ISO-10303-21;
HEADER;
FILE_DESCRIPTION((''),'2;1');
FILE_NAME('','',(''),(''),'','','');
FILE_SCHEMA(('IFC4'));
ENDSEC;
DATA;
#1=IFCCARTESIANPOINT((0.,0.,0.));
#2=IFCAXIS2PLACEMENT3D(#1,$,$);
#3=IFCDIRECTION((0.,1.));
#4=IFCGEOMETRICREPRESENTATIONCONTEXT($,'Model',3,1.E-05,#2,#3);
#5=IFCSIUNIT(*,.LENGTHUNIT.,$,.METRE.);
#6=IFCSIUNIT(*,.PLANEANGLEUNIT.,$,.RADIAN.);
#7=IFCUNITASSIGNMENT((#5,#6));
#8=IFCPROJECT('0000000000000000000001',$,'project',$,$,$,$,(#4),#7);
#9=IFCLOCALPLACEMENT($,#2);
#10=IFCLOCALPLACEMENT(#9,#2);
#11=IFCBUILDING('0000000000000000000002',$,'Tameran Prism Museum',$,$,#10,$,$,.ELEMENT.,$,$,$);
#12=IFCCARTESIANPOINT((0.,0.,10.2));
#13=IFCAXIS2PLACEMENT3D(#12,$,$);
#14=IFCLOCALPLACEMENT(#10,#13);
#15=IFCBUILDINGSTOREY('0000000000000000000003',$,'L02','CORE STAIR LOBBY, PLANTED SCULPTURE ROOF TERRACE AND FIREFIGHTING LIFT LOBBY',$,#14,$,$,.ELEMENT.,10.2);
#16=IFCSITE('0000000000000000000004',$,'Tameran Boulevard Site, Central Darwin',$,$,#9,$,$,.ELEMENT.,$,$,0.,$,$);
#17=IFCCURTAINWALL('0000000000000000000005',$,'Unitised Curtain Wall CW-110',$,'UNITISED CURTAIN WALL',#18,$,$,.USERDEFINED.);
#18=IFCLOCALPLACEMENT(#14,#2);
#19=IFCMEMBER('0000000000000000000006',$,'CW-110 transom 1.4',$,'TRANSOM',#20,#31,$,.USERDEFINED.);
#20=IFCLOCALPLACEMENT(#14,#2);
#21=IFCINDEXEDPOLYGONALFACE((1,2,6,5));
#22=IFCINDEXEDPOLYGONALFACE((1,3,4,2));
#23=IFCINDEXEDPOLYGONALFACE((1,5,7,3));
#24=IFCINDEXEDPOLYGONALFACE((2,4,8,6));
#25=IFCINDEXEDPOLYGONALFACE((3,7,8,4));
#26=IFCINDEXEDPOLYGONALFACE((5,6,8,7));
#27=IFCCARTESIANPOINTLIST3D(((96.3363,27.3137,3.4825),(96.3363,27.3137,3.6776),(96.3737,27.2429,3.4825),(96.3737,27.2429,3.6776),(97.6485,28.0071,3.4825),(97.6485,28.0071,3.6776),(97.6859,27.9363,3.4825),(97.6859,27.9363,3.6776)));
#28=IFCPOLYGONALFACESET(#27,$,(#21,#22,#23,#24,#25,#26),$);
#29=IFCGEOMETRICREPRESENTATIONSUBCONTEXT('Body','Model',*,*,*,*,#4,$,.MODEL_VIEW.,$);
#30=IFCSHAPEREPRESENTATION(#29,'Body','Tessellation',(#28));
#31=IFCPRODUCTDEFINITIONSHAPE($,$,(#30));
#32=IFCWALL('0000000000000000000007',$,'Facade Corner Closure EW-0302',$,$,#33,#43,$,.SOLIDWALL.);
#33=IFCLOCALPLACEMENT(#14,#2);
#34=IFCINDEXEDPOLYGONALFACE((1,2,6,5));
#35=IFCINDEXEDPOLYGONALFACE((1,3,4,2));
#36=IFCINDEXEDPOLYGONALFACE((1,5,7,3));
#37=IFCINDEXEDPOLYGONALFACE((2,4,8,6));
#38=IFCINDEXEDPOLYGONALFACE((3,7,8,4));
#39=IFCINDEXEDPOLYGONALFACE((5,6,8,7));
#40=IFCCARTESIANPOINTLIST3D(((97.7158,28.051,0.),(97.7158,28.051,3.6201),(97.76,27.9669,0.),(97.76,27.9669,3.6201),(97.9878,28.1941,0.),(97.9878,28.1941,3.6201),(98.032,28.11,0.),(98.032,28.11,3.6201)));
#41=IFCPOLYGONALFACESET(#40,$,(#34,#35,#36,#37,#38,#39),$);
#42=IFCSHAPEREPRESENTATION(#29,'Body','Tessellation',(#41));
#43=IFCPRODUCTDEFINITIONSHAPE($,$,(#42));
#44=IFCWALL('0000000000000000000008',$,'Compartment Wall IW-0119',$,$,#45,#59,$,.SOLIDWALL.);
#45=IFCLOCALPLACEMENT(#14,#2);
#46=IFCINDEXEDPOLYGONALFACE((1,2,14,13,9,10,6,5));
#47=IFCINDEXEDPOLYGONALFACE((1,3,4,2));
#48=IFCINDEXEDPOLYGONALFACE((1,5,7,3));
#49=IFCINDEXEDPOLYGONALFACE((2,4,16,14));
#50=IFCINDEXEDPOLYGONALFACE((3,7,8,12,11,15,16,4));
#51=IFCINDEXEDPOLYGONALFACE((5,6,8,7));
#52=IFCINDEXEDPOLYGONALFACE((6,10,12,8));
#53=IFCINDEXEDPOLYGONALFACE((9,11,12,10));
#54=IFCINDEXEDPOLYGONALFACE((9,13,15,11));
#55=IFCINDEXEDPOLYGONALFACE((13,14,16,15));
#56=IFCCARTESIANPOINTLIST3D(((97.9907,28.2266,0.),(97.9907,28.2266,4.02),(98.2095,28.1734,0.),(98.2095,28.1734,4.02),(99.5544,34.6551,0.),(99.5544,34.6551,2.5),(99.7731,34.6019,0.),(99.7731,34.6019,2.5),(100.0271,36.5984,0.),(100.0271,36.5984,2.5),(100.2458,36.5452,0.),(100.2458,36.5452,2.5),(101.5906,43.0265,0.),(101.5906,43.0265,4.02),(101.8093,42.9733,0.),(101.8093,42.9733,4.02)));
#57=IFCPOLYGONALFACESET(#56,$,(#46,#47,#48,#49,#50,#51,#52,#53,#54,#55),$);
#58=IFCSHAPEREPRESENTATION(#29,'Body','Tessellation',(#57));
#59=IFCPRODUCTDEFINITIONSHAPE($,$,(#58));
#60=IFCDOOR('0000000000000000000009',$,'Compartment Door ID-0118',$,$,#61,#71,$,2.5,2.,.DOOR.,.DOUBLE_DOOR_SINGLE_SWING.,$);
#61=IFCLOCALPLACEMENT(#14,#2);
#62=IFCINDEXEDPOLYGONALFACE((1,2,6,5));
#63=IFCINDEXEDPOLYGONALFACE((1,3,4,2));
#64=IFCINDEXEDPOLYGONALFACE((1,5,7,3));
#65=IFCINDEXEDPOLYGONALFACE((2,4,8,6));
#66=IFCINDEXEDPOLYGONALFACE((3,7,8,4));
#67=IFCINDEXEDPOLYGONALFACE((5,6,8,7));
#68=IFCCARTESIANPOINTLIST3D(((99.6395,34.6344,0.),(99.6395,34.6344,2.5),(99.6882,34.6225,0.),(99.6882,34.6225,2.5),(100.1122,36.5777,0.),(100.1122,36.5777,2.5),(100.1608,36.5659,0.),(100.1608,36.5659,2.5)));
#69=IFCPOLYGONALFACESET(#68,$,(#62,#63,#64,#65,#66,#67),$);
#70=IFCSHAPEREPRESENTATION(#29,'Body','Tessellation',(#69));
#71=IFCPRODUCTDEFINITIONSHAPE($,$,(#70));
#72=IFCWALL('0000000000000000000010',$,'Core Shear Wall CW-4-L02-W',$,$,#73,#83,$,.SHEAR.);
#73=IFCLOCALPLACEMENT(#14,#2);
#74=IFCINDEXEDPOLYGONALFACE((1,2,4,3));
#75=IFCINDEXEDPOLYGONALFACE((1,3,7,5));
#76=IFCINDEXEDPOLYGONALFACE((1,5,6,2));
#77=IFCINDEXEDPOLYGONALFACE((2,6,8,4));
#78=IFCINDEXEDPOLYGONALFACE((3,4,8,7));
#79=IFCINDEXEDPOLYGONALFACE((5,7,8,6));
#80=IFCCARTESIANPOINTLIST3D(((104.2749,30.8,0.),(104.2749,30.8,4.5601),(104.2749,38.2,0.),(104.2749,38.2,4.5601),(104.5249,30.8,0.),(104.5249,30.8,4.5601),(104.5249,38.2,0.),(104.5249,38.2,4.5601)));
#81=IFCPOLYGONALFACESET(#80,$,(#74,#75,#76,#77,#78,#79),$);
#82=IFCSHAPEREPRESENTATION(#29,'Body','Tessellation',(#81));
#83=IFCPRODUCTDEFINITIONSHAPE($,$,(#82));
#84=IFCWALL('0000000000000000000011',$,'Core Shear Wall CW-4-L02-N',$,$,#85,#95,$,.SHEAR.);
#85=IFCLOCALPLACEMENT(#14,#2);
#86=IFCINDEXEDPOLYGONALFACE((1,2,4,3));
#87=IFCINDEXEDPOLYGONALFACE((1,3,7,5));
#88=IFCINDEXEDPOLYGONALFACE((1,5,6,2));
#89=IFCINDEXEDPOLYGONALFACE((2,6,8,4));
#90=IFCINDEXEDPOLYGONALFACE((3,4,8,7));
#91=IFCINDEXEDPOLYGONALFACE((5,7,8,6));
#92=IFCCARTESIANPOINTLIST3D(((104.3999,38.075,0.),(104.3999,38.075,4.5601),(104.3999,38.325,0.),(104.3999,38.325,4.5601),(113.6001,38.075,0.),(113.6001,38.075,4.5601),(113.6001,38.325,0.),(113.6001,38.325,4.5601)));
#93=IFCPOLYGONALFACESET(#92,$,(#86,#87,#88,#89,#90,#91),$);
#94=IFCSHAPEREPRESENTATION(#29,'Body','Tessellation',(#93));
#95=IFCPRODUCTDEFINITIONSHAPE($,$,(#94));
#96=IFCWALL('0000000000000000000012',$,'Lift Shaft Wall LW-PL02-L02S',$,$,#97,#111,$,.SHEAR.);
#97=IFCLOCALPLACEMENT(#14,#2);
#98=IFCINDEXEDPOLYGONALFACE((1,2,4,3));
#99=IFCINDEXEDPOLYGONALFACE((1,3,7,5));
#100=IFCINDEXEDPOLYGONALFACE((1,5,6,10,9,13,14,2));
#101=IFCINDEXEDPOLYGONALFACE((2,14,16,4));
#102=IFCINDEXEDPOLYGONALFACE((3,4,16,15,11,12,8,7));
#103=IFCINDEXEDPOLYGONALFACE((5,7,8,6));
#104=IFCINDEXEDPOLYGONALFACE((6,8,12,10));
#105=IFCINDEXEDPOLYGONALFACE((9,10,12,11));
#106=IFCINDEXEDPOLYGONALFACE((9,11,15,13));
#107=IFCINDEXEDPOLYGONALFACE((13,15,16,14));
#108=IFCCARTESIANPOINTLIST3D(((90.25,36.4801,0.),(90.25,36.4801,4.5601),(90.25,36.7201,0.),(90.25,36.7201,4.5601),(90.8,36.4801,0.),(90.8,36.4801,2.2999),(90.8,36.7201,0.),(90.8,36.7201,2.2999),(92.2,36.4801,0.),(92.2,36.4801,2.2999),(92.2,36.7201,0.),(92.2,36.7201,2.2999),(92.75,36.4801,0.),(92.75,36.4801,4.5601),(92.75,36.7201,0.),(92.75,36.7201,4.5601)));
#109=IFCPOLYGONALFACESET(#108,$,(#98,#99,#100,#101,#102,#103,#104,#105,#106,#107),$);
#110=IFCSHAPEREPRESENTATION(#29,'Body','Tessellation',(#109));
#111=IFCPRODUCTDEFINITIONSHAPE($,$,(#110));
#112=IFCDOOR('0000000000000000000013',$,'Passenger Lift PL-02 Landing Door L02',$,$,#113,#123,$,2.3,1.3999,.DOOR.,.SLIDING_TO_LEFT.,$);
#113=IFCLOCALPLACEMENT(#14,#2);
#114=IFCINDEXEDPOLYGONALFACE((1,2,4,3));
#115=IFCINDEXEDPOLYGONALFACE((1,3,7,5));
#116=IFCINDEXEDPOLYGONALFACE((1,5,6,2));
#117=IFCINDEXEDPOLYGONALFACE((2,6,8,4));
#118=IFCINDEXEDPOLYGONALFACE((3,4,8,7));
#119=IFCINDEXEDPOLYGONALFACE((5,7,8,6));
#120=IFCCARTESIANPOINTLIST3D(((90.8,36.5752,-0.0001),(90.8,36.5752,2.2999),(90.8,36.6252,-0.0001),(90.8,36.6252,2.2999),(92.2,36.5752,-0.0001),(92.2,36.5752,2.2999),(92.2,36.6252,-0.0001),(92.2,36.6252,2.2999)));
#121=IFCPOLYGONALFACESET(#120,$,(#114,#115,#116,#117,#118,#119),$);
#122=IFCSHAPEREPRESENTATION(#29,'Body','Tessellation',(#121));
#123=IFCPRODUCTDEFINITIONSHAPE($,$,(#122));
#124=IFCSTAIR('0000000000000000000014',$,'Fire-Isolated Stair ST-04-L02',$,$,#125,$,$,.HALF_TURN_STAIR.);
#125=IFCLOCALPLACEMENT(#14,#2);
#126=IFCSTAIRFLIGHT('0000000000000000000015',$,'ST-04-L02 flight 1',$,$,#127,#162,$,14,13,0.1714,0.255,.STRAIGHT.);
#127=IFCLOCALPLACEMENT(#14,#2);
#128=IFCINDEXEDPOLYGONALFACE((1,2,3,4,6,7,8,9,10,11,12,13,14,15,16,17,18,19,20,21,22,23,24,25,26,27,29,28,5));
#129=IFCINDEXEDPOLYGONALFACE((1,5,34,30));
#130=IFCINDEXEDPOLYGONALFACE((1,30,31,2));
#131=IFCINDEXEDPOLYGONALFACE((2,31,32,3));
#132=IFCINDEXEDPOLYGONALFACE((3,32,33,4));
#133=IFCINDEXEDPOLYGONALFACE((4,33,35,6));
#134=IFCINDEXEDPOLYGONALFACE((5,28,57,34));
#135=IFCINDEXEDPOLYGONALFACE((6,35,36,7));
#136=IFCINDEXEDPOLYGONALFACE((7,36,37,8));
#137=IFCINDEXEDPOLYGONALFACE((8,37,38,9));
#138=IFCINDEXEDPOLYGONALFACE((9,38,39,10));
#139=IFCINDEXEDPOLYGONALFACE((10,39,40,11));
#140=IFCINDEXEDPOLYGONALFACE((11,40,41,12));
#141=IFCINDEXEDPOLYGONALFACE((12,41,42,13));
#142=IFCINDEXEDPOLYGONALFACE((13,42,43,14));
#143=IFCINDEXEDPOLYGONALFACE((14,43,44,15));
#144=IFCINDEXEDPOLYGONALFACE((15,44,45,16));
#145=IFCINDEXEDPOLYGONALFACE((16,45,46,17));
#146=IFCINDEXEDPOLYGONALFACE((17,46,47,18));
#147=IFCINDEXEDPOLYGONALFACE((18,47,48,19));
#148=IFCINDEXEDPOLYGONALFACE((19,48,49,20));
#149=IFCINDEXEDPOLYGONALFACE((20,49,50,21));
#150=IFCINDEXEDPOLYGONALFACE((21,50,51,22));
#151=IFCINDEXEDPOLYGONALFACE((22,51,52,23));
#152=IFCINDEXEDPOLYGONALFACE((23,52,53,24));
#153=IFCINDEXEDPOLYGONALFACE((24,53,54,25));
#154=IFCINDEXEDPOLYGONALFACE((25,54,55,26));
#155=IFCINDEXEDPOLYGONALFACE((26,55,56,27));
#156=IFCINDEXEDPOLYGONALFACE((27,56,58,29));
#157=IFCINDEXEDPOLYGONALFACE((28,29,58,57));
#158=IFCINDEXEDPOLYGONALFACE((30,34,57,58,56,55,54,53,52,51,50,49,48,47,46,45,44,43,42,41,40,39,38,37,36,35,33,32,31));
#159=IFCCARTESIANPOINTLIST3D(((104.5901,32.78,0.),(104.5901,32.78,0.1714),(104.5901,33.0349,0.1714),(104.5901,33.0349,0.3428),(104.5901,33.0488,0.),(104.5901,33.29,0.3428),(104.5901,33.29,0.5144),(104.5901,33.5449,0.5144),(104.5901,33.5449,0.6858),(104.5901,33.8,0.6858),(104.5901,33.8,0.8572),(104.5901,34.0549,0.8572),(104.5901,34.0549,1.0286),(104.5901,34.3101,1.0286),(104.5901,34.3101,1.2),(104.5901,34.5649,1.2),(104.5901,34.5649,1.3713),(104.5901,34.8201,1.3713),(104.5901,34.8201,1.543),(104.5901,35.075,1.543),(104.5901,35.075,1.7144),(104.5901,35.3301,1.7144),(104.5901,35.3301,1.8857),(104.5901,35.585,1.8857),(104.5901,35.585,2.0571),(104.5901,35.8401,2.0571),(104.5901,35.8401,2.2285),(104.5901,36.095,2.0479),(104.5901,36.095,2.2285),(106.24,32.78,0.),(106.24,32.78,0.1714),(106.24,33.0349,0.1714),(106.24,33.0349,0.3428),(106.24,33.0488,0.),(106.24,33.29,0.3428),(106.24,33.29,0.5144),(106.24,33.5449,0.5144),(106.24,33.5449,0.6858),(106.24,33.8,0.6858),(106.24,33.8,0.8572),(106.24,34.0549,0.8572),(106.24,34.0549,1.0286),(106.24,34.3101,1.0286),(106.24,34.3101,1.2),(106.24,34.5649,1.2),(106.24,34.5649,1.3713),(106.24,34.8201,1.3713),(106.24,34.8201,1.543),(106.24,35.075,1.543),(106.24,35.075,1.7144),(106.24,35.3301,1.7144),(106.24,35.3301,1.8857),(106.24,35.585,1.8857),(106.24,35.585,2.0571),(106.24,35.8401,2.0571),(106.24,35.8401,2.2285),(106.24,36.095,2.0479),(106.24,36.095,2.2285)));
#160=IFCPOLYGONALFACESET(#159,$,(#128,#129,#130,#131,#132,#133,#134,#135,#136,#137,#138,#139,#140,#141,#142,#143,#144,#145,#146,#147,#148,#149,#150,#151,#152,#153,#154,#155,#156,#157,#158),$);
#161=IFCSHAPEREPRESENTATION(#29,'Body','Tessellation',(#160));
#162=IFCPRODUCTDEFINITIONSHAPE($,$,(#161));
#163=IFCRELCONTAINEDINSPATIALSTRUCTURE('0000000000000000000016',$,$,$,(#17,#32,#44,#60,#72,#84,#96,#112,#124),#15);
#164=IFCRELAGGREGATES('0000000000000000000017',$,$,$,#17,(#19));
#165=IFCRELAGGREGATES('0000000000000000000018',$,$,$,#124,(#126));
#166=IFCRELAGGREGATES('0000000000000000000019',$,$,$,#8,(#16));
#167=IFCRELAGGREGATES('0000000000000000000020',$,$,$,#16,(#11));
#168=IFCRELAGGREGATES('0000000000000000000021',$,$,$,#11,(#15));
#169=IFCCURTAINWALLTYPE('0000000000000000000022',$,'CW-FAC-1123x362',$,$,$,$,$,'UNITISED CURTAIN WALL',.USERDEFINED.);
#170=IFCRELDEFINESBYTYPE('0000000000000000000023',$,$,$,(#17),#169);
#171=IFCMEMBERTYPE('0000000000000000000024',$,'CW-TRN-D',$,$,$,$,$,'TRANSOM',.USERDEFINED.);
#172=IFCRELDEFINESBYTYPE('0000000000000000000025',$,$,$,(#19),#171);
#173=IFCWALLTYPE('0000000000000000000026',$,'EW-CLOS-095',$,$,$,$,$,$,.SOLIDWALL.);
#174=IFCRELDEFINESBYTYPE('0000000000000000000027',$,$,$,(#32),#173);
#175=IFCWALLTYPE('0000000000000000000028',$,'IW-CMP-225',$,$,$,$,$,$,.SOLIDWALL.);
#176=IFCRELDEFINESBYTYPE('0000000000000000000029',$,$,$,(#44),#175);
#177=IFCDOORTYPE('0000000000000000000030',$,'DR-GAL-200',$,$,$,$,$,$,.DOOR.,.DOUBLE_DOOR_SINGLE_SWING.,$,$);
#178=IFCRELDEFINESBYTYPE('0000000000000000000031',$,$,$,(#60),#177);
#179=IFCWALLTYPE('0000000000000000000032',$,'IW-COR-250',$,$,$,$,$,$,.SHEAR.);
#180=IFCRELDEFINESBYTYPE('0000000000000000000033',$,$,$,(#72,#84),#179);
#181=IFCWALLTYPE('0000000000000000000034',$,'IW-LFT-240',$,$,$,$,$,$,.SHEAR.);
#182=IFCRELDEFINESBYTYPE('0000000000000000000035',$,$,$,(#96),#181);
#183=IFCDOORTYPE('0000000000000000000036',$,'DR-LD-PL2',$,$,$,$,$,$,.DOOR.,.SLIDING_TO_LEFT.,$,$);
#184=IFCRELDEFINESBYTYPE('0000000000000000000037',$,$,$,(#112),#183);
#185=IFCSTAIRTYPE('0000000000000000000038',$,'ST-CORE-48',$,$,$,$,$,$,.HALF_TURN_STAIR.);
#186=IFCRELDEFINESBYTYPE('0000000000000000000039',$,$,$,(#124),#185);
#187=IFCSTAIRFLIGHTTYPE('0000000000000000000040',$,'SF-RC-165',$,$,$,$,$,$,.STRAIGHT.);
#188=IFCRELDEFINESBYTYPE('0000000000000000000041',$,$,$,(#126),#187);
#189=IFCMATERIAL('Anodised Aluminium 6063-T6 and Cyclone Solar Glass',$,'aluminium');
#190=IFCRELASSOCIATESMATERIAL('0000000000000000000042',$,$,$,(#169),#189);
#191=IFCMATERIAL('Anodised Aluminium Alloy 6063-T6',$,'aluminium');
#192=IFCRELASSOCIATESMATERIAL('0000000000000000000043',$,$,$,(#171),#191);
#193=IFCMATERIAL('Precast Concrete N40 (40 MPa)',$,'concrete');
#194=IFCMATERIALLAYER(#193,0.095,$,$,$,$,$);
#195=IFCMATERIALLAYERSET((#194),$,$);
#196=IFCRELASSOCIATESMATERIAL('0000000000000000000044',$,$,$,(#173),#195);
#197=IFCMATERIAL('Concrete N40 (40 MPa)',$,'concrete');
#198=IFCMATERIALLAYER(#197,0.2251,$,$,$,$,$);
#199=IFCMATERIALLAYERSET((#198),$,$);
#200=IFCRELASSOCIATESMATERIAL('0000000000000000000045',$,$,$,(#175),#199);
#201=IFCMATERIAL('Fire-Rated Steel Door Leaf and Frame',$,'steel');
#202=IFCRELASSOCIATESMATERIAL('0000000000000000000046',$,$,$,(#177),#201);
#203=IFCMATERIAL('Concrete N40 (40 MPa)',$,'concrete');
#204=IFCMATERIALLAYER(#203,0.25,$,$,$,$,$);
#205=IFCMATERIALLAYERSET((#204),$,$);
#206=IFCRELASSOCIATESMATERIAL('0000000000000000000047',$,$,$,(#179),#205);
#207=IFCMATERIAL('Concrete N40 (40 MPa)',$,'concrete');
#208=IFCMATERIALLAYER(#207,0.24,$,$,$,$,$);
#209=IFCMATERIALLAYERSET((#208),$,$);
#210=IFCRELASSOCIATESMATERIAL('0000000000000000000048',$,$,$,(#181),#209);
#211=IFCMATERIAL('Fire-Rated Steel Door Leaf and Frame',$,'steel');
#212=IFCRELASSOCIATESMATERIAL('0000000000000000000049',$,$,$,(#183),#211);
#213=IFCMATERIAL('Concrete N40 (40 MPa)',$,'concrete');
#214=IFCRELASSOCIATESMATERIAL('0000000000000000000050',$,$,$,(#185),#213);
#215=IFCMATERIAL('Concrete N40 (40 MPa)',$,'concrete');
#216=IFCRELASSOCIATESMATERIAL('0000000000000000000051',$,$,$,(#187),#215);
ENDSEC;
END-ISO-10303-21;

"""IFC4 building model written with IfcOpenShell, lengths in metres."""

from ifc_helpers import new_model, si_unit, direction, frame, frame_2d, origin, origin_2d, place, context, subcontext, project, spatial, polyline, rectangle, outline, extrude, material, layer, layer_set, material_profile, profile_set, type_object, element, fill, aggregate, save


model = new_model("IFC4")

# Units and contexts
model_context = context("Model", 3, precision=1e-05, world=origin(), true_north=direction((0.0, 1.0)))
body_context = subcontext(model_context, "Body", "Model", "MODEL_VIEW")
ifc_project = project(units=[si_unit("LENGTHUNIT", "METRE"), si_unit("PLANEANGLEUNIT", "RADIAN")], contexts=[model_context])

# Site, building, storey
site_placement = place(None, origin())
site = spatial("IfcSite", under=ifc_project, at=site_placement, Name="Tameran Boulevard Site, Central Darwin", CompositionType="ELEMENT", RefElevation=0.0)
building_placement = place(site_placement, origin())
building = spatial("IfcBuilding", under=site, at=building_placement, Name="Tameran Prism Museum", CompositionType="ELEMENT")
storey_placement = place(building_placement, frame((0.0, 0.0, 10.2)))
storey = spatial("IfcBuildingStorey", under=building, at=storey_placement, Name="L02", Description="CORE STAIR LOBBY, PLANTED SCULPTURE ROOF TERRACE AND FIREFIGHTING LIFT LOBBY", CompositionType="ELEMENT", Elevation=10.2)

# Curtain wall, member
ifc_material_1 = material(Name="Anodised Aluminium 6063-T6 and Cyclone Solar Glass", Category="aluminium")
curtain_wall_type = type_object("IfcCurtainWallType", Name="CW-FAC-1123x362", ElementType="UNITISED CURTAIN WALL", PredefinedType="USERDEFINED", material=ifc_material_1)
curtain_wall_placement = place(storey_placement, origin())
curtain_wall = element("IfcCurtainWall", 1, at=curtain_wall_placement, inside=storey, type_object=curtain_wall_type, Name="Unitised Curtain Wall CW-110", ObjectType="UNITISED CURTAIN WALL", PredefinedType="USERDEFINED")
ifc_material_2 = material(Name="Anodised Aluminium Alloy 6063-T6", Category="aluminium")
ifc_material_profile_1 = material_profile(ifc_material_2, rectangle(XDim=0.0801, YDim=0.1951, at=origin_2d()))
ifc_profile_set_1 = profile_set([ifc_material_profile_1])
member_type_1 = type_object("IfcMemberType", Name="CW-TRN-D", ElementType="TRANSOM", PredefinedType="USERDEFINED", material=ifc_profile_set_1)
member_1_placement = place(storey_placement, frame((97.6672, 27.9717, 3.5801), z_axis=(-0.884168, -0.46717, 0.0), x_axis=(0.46717, -0.884168, 0.0)))
member_1 = element("IfcMember", 2, at=member_1_placement, type_object=member_type_1, Name="CW-110 transom 1.4", ObjectType="TRANSOM", PredefinedType="USERDEFINED", context=body_context, shape_type="SweptSolid", body=[
    extrude(rectangle(XDim=0.0801, YDim=0.1951, at=origin_2d()), origin(), (0.0, 0.0, 1.0), 1.4841),
])
aggregate(curtain_wall, [member_1])

# Wall
ifc_material_3 = material(Name="Precast Concrete N40 (40 MPa)", Category="concrete")
ifc_layer_1 = layer(ifc_material_3, 0.095)
ifc_layer_set_1 = layer_set([ifc_layer_1])
wall_type_1 = type_object("IfcWallType", Name="EW-CLOS-095", PredefinedType="SOLIDWALL", material=ifc_layer_set_1)
wall_1_placement = place(storey_placement, frame((98.01, 28.1521, 0.0), z_axis=(0.0, 0.0, 1.0), x_axis=(-0.885022, -0.46555, 0.0)))
element("IfcWall", 3, at=wall_1_placement, inside=storey, type_object=wall_type_1, Name="Facade Corner Closure EW-0302", PredefinedType="SOLIDWALL", context=body_context, shape_type="SweptSolid", body=[
    extrude(rectangle(XDim=0.3074, YDim=0.095, at=frame_2d((0.1538, 0.0))), origin(), (0.0, 0.0, 1.0), 3.6201),
])

# Wall, opening, door
ifc_material_4 = material(Name="Concrete N40 (40 MPa)", Category="concrete")
ifc_layer_2 = layer(ifc_material_4, 0.2251)
ifc_layer_set_2 = layer_set([ifc_layer_2])
wall_type_2 = type_object("IfcWallType", Name="IW-CMP-225", PredefinedType="SOLIDWALL", material=ifc_layer_set_2)
wall_2_placement = place(storey_placement, frame((98.1001, 28.2, 0.0), z_axis=(0.0, 0.0, 1.0), x_axis=(0.236342, 0.97167, 0.0)))
wall_2 = element("IfcWall", 4, at=wall_2_placement, inside=storey, type_object=wall_type_2, Name="Compartment Wall IW-0119", PredefinedType="SOLIDWALL", context=body_context, shape_type="SweptSolid", body=[
    extrude(rectangle(XDim=15.2314, YDim=0.2251, at=frame_2d((7.6157, 0.0))), origin(), (0.0, 0.0, 1.0), 4.02),
])
opening_1_placement = place(wall_2_placement, frame((6.616, 0.0, 0.0)))
opening_1 = element("IfcOpeningElement", 5, at=opening_1_placement, cuts=wall_2, PredefinedType="OPENING", context=body_context, shape_type="SweptSolid", body=[
    extrude(rectangle(XDim=2.0, YDim=2.5, at=frame_2d((1.0, 1.25))), frame((0.0, 0.1226, 0.0), z_axis=(0.0, -1.0, 0.0), x_axis=(1.0, 0.0, 0.0)), (0.0, 0.0, 1.0), 0.2451),
])
ifc_material_5 = material(Name="Fire-Rated Steel Door Leaf and Frame", Category="steel")
door_type_1 = type_object("IfcDoorType", Name="DR-GAL-200", OperationType="DOUBLE_DOOR_SINGLE_SWING", PredefinedType="DOOR", material=ifc_material_5)
door_1_placement = place(opening_1_placement, origin())
door_1 = element("IfcDoor", 6, at=door_1_placement, inside=storey, type_object=door_type_1, Name="Compartment Door ID-0118", OperationType="DOUBLE_DOOR_SINGLE_SWING", OverallHeight=2.5, OverallWidth=2.0, PredefinedType="DOOR", context=body_context, shape_type="SweptSolid", body=[
    extrude(rectangle(XDim=2.0, YDim=2.5, at=frame_2d((1.0, 1.25))), frame((0.0, 0.0249, 0.0), z_axis=(0.0, -1.0, 0.0), x_axis=(1.0, 0.0, 0.0)), (0.0, 0.0, 1.0), 0.05),
])
fill(opening_1, door_1)

# Walls
ifc_material_6 = material(Name="Concrete N40 (40 MPa)", Category="concrete")
ifc_layer_3 = layer(ifc_material_6, 0.25)
ifc_layer_set_3 = layer_set([ifc_layer_3])
wall_type_3 = type_object("IfcWallType", Name="IW-COR-250", PredefinedType="SHEAR", material=ifc_layer_set_3)
wall_3_placement = place(storey_placement, frame((104.3999, 30.8, 0.0), z_axis=(0.0, 0.0, 1.0), x_axis=(0.0, 1.0, 0.0)))
element("IfcWall", 7, at=wall_3_placement, inside=storey, type_object=wall_type_3, Name="Core Shear Wall CW-4-L02-W", PredefinedType="SHEAR", context=body_context, shape_type="SweptSolid", body=[
    extrude(rectangle(XDim=7.3999, YDim=0.25, at=frame_2d((3.7, 0.0))), origin(), (0.0, 0.0, 1.0), 4.5601),
])
wall_4_placement = place(storey_placement, frame((104.3999, 38.2, 0.0), z_axis=(0.0, 0.0, 1.0), x_axis=(1.0, 0.0, 0.0)))
element("IfcWall", 8, at=wall_4_placement, inside=storey, type_object=wall_type_3, Name="Core Shear Wall CW-4-L02-N", PredefinedType="SHEAR", context=body_context, shape_type="SweptSolid", body=[
    extrude(rectangle(XDim=9.2002, YDim=0.25, at=frame_2d((4.6001, 0.0))), origin(), (0.0, 0.0, 1.0), 4.5601),
])

# Wall, opening, door
ifc_material_7 = material(Name="Concrete N40 (40 MPa)", Category="concrete")
ifc_layer_4 = layer(ifc_material_7, 0.24)
ifc_layer_set_4 = layer_set([ifc_layer_4])
wall_type_4 = type_object("IfcWallType", Name="IW-LFT-240", PredefinedType="SHEAR", material=ifc_layer_set_4)
wall_5_placement = place(storey_placement, frame((92.75, 36.6001, 0.0), z_axis=(0.0, 0.0, 1.0), x_axis=(-1.0, 0.0, 0.0)))
wall_5 = element("IfcWall", 9, at=wall_5_placement, inside=storey, type_object=wall_type_4, Name="Lift Shaft Wall LW-PL02-L02S", PredefinedType="SHEAR", context=body_context, shape_type="SweptSolid", body=[
    extrude(rectangle(XDim=2.5, YDim=0.24, at=frame_2d((1.25, 0.0))), origin(), (0.0, 0.0, 1.0), 4.5601),
])
opening_2_placement = place(wall_5_placement, frame((0.55, 0.0, 0.0)))
opening_2 = element("IfcOpeningElement", 10, at=opening_2_placement, cuts=wall_5, PredefinedType="OPENING", context=body_context, shape_type="SweptSolid", body=[
    extrude(rectangle(XDim=1.3999, YDim=2.3, at=frame_2d((0.7, 1.1499))), frame((0.0, 0.1299, 0.0), z_axis=(0.0, -1.0, 0.0), x_axis=(1.0, 0.0, 0.0)), (0.0, 0.0, 1.0), 0.26),
])
ifc_material_8 = material(Name="Fire-Rated Steel Door Leaf and Frame", Category="steel")
door_type_2 = type_object("IfcDoorType", Name="DR-LD-PL2", OperationType="SLIDING_TO_LEFT", PredefinedType="DOOR", material=ifc_material_8)
door_2_placement = place(opening_2_placement, origin())
door_2 = element("IfcDoor", 11, at=door_2_placement, inside=storey, type_object=door_type_2, Name="Passenger Lift PL-02 Landing Door L02", OperationType="SLIDING_TO_LEFT", OverallHeight=2.3, OverallWidth=1.3999, PredefinedType="DOOR", context=body_context, shape_type="SweptSolid", body=[
    extrude(rectangle(XDim=1.3999, YDim=2.3, at=frame_2d((0.7, 1.1499))), frame((0.0, 0.0249, 0.0), z_axis=(0.0, -1.0, 0.0), x_axis=(1.0, 0.0, 0.0)), (0.0, 0.0, 1.0), 0.05),
])
fill(opening_2, door_2)

# Stair, stair flight
ifc_material_9 = material(Name="Concrete N40 (40 MPa)", Category="concrete")
stair_type = type_object("IfcStairType", Name="ST-CORE-48", PredefinedType="HALF_TURN_STAIR", material=ifc_material_9)
stair_placement = place(storey_placement, origin())
stair = element("IfcStair", 12, at=stair_placement, inside=storey, type_object=stair_type, Name="Fire-Isolated Stair ST-04-L02", PredefinedType="HALF_TURN_STAIR")
ifc_material_10 = material(Name="Concrete N40 (40 MPa)", Category="concrete")
stair_flight_type = type_object("IfcStairFlightType", Name="SF-RC-165", PredefinedType="STRAIGHT", material=ifc_material_10)
stair_flight_placement = place(storey_placement, frame((105.415, 32.78, 0.0), z_axis=(0.0, 0.0, 1.0), x_axis=(0.0, 1.0, 0.0)))
stair_flight = element("IfcStairFlight", 13, at=stair_flight_placement, type_object=stair_flight_type, Name="ST-04-L02 flight 1", NumberOfRisers=14, NumberOfTreads=13, PredefinedType="STRAIGHT", RiserHeight=0.1714, TreadLength=0.255, context=body_context, shape_type="SweptSolid", body=[
    extrude(outline(polyline([(0.0, 0.0), (0.0, 0.1714), (0.2549, 0.1714), (0.2549, 0.3428), (0.51, 0.3428), (0.51, 0.5144), (0.7649, 0.5144), (0.7649, 0.6858), (1.02, 0.6858), (1.02, 0.8572), (1.2749, 0.8572), (1.2749, 1.0286), (1.53, 1.0286), (1.53, 1.2), (1.7849, 1.2), (1.7849, 1.3713), (2.04, 1.3713), (2.04, 1.543), (2.2949, 1.543), (2.2949, 1.7144), (2.55, 1.7144), (2.55, 1.8857), (2.8049, 1.8857), (2.8049, 2.0571), (3.0601, 2.0571), (3.0601, 2.2285), (3.3149, 2.2285), (3.3149, 2.3999), (3.3149, 2.0479), (0.2688, 0.0), (0.0, 0.0)])), frame((0.0, 0.825, 0.0), z_axis=(0.0, -1.0, 0.0), x_axis=(1.0, 0.0, 0.0)), (0.0, 0.0, 1.0), 1.6499),
])
aggregate(stair, [stair_flight])

save(model, "model.ifc")
